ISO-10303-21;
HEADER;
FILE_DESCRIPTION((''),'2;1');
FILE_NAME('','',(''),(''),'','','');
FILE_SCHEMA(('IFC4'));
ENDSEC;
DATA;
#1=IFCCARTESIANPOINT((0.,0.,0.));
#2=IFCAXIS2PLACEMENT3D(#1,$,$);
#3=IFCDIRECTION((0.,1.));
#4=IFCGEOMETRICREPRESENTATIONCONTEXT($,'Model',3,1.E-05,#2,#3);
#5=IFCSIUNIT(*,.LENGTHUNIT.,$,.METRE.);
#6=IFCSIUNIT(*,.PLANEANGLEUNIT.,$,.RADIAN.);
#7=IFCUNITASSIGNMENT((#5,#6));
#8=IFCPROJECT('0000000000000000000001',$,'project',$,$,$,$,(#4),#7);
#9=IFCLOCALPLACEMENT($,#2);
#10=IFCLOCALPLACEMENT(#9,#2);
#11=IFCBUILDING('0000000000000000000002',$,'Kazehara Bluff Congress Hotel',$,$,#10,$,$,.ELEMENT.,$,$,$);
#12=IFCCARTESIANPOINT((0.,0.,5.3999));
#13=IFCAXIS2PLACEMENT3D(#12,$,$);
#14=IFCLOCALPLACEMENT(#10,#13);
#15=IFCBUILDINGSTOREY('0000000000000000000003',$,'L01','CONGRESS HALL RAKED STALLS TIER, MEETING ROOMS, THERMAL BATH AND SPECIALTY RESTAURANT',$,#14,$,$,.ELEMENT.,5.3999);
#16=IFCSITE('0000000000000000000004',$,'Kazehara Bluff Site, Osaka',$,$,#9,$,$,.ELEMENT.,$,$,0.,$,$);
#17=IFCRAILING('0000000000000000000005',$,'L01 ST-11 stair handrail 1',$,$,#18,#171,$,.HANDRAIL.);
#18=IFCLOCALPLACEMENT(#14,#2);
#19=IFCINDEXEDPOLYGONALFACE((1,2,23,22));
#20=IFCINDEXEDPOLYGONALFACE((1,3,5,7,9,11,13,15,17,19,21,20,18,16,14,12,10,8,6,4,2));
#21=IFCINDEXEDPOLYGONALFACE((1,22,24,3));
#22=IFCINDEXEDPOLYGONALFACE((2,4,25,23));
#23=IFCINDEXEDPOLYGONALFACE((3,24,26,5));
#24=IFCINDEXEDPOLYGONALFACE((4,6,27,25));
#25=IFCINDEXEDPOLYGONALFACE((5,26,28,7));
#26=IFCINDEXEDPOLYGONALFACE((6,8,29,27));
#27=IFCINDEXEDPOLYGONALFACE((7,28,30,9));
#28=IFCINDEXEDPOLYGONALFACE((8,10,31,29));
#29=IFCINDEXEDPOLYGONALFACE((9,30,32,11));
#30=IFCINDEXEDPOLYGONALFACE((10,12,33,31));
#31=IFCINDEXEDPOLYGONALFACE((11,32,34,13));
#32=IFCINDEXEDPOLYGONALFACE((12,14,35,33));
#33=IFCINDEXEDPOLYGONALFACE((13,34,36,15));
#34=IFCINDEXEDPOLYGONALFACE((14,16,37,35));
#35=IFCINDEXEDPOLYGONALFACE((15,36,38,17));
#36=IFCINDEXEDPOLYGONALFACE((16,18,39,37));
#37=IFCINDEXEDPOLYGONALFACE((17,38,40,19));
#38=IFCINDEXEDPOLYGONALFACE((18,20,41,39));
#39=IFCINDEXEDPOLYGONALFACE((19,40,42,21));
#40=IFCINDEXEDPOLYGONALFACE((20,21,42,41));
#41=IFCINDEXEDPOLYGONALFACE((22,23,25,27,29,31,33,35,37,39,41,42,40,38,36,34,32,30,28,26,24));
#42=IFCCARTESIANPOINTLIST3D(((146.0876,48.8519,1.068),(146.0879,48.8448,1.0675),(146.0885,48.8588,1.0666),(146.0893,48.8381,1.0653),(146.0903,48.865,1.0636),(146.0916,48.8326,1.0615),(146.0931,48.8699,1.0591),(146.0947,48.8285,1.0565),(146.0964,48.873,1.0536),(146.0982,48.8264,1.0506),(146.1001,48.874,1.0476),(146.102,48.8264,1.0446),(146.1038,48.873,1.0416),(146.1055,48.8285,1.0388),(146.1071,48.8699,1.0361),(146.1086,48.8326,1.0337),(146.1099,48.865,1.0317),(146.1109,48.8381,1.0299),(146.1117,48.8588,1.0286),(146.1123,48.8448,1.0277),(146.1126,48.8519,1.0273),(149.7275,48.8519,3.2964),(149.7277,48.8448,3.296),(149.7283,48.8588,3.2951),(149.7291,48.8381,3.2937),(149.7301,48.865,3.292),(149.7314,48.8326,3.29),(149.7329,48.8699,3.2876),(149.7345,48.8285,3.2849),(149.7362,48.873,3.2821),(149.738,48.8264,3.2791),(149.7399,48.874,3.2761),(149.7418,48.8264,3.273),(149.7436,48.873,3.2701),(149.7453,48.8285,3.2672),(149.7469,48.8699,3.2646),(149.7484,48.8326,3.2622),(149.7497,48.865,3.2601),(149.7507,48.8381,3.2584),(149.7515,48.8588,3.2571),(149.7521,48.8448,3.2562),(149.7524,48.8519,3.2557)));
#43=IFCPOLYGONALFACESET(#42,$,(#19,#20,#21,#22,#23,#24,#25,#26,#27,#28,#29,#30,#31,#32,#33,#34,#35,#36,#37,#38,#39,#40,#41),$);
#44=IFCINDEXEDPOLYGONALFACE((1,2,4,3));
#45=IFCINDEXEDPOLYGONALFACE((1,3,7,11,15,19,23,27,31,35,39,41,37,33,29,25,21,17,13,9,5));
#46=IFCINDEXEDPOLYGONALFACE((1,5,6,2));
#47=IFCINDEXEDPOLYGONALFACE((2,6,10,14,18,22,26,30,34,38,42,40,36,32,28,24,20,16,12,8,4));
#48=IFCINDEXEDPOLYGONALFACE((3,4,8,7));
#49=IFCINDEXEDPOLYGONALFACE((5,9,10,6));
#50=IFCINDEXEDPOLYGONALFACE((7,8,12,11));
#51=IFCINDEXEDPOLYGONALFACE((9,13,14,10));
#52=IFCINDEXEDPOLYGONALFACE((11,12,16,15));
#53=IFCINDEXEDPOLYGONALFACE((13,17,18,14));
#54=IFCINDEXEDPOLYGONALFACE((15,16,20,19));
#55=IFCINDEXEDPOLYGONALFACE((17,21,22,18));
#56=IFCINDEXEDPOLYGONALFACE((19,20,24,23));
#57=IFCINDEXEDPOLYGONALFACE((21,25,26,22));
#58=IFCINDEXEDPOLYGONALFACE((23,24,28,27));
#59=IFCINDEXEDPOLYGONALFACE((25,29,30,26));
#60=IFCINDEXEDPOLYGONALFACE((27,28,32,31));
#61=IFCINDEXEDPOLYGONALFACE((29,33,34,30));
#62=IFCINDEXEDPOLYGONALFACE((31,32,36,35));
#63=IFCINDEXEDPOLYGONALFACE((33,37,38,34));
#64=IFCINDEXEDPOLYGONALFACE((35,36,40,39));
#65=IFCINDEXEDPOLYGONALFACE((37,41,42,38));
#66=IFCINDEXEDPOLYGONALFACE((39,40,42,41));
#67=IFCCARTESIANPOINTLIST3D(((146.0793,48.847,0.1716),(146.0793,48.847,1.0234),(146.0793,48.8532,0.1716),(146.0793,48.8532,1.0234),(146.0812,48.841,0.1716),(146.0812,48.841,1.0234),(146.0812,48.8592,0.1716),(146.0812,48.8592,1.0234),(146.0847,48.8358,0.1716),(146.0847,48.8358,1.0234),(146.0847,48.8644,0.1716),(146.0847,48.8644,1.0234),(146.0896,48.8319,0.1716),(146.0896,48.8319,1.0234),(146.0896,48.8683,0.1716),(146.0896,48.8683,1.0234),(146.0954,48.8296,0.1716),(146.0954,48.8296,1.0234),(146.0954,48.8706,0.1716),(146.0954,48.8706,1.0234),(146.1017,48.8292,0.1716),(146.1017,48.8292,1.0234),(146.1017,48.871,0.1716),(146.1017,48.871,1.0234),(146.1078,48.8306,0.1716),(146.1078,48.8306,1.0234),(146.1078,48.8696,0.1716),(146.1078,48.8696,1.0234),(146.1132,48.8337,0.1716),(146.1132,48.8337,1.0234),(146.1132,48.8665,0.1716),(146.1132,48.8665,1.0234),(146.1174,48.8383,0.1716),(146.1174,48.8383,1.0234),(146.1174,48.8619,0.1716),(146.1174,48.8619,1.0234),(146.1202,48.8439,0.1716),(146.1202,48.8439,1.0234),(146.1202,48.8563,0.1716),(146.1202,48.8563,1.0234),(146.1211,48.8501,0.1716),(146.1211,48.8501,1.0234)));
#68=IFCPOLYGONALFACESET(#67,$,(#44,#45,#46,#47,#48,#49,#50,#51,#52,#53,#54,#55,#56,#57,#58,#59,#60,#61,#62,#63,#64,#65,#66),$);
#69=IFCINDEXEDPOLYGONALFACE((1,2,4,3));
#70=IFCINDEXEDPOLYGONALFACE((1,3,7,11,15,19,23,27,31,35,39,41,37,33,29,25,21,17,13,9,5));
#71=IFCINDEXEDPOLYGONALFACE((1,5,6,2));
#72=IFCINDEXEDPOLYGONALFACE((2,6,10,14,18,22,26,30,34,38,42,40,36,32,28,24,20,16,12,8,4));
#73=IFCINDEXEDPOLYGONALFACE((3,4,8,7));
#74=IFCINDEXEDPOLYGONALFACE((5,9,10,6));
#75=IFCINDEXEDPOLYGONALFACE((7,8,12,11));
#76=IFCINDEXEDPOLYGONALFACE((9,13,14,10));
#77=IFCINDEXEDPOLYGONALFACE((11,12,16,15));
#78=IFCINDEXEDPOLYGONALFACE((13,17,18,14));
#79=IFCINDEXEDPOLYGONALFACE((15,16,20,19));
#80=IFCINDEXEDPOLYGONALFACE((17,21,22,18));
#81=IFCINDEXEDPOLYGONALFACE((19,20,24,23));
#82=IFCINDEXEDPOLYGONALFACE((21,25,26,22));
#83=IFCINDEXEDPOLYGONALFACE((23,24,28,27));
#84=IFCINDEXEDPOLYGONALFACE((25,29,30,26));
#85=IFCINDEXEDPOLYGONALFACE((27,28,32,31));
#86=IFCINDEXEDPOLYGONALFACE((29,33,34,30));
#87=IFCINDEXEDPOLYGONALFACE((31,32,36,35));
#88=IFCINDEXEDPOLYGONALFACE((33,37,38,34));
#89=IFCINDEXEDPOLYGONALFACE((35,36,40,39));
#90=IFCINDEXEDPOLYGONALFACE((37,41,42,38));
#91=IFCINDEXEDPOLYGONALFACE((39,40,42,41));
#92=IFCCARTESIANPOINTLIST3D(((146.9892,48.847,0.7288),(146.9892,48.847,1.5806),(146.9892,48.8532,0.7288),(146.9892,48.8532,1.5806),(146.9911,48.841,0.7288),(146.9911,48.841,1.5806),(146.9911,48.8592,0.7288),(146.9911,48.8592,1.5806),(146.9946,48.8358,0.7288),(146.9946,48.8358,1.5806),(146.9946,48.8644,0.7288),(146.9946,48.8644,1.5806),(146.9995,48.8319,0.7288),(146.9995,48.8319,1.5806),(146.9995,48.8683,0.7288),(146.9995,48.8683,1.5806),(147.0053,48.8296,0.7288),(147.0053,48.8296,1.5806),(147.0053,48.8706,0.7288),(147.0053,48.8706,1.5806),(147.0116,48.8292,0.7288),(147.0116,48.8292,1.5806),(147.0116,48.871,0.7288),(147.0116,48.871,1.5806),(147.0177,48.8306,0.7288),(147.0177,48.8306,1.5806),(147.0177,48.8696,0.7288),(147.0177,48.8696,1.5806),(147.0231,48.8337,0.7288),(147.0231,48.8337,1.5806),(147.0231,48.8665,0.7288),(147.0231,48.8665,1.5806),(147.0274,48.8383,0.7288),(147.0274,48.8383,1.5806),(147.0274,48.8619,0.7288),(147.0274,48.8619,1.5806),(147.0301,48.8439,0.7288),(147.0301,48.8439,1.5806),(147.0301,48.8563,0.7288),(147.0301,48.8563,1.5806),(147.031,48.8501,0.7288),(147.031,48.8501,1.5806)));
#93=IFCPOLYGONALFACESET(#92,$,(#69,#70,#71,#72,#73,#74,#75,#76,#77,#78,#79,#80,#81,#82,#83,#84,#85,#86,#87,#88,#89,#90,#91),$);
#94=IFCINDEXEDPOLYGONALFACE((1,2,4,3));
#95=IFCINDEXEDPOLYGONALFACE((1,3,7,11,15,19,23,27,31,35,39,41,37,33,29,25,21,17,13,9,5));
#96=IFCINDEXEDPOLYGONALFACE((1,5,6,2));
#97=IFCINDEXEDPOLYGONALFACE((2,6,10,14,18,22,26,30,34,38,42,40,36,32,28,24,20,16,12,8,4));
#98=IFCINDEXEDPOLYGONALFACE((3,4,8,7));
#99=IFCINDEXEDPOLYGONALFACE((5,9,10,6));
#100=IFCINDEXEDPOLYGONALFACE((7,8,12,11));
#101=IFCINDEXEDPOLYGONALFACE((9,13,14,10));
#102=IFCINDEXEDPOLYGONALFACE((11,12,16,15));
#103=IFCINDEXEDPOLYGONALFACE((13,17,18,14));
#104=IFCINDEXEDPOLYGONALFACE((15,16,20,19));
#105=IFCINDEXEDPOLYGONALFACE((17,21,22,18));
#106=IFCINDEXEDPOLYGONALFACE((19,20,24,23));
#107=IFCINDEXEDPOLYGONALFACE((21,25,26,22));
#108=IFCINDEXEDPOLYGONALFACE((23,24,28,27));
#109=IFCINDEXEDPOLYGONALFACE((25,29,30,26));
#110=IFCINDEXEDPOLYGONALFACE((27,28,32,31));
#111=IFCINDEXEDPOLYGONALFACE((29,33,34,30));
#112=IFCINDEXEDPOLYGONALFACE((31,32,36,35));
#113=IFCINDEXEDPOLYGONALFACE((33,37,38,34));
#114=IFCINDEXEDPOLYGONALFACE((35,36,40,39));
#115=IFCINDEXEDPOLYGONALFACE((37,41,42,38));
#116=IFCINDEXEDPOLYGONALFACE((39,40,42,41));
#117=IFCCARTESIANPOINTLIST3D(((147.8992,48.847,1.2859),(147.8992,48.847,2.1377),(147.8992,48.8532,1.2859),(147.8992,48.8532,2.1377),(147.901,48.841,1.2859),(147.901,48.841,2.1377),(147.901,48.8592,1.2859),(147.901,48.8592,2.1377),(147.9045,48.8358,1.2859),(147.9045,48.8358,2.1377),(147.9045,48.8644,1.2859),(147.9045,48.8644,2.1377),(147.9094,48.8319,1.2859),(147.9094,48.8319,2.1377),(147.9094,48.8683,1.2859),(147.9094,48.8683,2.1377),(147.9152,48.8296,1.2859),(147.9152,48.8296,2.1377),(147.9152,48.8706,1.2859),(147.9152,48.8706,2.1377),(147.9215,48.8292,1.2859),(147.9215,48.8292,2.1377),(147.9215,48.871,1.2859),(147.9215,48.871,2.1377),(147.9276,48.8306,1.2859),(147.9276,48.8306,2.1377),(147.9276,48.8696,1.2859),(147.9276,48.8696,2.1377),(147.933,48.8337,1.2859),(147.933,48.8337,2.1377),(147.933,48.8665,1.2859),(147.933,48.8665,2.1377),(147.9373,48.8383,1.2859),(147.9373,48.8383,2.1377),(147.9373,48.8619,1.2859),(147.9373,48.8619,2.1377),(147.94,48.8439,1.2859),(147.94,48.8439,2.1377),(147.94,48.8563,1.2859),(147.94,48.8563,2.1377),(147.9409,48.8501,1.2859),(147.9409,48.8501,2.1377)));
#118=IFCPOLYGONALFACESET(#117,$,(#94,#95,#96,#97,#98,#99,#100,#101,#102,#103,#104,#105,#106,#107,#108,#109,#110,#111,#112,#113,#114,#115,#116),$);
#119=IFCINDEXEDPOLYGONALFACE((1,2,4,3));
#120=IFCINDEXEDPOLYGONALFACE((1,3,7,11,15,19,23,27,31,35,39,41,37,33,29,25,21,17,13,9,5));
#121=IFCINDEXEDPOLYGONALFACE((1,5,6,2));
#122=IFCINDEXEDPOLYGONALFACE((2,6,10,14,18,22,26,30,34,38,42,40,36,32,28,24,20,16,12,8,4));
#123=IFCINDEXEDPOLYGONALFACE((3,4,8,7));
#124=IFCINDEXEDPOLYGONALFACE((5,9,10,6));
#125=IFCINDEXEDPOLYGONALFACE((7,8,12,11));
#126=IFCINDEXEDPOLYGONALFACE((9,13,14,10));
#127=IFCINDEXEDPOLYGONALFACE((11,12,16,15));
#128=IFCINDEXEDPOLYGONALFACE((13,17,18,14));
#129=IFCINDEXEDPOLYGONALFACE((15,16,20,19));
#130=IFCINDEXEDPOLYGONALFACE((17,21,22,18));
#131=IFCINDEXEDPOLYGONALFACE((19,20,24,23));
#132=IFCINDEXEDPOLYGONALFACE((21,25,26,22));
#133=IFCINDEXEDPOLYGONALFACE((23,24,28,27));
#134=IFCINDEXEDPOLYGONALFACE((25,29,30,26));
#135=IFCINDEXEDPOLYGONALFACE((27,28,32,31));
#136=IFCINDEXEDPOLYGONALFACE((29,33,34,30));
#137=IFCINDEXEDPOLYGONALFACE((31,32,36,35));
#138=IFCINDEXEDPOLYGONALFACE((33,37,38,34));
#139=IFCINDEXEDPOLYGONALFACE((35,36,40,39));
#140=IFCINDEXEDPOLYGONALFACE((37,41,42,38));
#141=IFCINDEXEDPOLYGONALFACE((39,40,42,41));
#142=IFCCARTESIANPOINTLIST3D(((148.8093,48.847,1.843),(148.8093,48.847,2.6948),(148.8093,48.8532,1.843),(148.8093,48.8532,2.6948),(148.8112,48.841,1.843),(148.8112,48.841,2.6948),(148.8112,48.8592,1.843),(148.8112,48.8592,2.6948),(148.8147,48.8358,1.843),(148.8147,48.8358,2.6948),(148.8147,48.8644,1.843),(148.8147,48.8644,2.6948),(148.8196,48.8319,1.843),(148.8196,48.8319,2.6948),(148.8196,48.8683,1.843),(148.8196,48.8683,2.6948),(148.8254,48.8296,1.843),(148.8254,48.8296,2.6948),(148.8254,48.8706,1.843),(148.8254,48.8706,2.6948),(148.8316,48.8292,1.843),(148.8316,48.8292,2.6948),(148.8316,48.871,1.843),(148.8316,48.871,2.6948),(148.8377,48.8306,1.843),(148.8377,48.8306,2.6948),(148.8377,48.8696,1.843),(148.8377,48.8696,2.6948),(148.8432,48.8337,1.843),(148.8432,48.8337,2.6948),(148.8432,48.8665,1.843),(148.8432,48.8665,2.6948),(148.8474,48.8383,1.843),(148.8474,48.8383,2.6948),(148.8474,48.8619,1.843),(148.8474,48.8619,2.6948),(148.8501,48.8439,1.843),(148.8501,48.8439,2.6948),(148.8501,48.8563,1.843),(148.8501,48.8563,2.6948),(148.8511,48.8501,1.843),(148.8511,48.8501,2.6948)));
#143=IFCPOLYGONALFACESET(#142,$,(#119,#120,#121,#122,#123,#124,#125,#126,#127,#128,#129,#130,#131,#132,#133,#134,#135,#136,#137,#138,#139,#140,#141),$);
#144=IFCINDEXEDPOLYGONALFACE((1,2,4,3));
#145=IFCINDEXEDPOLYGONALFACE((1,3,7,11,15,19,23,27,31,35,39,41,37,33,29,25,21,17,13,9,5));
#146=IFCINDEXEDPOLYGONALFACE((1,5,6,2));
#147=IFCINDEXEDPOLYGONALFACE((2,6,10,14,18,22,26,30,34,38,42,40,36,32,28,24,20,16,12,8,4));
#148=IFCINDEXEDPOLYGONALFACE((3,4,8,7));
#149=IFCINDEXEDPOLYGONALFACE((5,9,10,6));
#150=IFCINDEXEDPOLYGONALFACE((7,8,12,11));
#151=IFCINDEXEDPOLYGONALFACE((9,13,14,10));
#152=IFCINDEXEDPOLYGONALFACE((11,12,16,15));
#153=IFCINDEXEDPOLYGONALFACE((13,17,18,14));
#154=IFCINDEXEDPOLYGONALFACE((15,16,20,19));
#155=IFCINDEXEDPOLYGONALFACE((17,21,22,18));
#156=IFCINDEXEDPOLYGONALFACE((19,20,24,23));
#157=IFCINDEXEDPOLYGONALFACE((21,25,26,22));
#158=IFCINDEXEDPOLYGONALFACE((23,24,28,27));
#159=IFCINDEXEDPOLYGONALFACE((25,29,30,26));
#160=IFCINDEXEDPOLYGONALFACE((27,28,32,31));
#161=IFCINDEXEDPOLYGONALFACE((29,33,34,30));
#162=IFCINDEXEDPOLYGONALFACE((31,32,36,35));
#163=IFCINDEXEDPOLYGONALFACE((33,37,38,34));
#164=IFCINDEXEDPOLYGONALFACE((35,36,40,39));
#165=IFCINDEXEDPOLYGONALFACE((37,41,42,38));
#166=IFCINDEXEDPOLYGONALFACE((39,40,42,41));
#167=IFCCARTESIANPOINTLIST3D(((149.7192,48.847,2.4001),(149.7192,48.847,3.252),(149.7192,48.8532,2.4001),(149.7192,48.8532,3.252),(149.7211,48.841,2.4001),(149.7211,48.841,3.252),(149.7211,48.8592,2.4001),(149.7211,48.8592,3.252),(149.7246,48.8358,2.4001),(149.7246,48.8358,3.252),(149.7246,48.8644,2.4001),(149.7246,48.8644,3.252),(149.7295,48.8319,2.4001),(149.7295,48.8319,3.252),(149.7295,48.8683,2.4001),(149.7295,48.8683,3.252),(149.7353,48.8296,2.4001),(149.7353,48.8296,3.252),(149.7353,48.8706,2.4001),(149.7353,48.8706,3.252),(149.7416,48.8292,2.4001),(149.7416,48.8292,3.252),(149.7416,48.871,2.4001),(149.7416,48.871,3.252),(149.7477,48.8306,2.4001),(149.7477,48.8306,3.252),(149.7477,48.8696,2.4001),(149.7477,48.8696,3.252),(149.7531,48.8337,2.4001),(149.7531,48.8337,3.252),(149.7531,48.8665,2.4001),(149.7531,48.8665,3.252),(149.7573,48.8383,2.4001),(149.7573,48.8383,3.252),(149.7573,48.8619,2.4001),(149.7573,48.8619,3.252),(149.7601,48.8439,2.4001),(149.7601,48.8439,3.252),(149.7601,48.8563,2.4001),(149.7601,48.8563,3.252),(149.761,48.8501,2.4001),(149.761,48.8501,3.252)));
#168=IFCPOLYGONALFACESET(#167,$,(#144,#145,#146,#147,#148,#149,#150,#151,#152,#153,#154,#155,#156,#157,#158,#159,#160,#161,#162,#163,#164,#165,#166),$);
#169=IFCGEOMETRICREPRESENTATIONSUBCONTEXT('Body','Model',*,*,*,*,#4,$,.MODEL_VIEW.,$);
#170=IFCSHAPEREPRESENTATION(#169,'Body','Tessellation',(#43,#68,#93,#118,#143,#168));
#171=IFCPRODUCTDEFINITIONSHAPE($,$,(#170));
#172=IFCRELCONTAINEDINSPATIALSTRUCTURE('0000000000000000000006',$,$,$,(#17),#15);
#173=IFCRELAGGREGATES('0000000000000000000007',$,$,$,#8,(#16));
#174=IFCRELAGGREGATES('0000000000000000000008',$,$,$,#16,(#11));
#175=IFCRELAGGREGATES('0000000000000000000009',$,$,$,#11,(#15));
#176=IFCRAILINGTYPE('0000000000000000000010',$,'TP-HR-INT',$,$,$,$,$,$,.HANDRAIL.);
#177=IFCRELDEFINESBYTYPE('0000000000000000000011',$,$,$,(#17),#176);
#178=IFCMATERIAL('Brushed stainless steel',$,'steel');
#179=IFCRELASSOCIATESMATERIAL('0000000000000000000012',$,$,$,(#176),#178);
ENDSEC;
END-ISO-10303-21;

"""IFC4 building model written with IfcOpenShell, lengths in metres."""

from ifc_helpers import new_model, si_unit, direction, frame, origin, origin_2d, place, context, subcontext, project, spatial, circle, extrude, material, type_object, element, save


model = new_model("IFC4")

# Units and contexts
model_context = context("Model", 3, precision=1e-05, world=origin(), true_north=direction((0.0, 1.0)))
body_context = subcontext(model_context, "Body", "Model", "MODEL_VIEW")
ifc_project = project(units=[si_unit("LENGTHUNIT", "METRE"), si_unit("PLANEANGLEUNIT", "RADIAN")], contexts=[model_context])

# Site, building, storey
site_placement = place(None, origin())
site = spatial("IfcSite", under=ifc_project, at=site_placement, Name="Kazehara Bluff Site, Osaka", CompositionType="ELEMENT", RefElevation=0.0)
building_placement = place(site_placement, origin())
building = spatial("IfcBuilding", under=site, at=building_placement, Name="Kazehara Bluff Congress Hotel", CompositionType="ELEMENT")
storey_placement = place(building_placement, frame((0.0, 0.0, 5.3999)))
storey = spatial("IfcBuildingStorey", under=building, at=storey_placement, Name="L01", Description="CONGRESS HALL RAKED STALLS TIER, MEETING ROOMS, THERMAL BATH AND SPECIALTY RESTAURANT", CompositionType="ELEMENT", Elevation=5.3999)

# Railing
ifc_material_1 = material(Name="Brushed stainless steel", Category="steel")
railing_type_1 = type_object("IfcRailingType", Name="TP-HR-INT", PredefinedType="HANDRAIL", material=ifc_material_1)
railing_1_placement = place(storey_placement, frame((146.1001, 48.8501, 0.1716)))
element("IfcRailing", 1, at=railing_1_placement, inside=storey, type_object=railing_type_1, Name="L01 ST-11 stair handrail 1", PredefinedType="HANDRAIL", context=body_context, shape_type="SweptSolid", body=[
    extrude(circle(Radius=0.0239, at=origin_2d()), frame((0.0, 0.0, 0.876), z_axis=(0.85285, 0.0, 0.522156), x_axis=(0.0, 1.0, 0.0)), (0.0, 0.0, 1.0), 4.2678),
    extrude(circle(Radius=0.021, at=origin_2d()), origin(), (0.0, 0.0, 1.0), 0.8518),
    extrude(circle(Radius=0.021, at=origin_2d()), frame((0.9099, 0.0, 0.5571)), (0.0, 0.0, 1.0), 0.8518),
    extrude(circle(Radius=0.021, at=origin_2d()), frame((1.8198, 0.0, 1.1143)), (0.0, 0.0, 1.0), 0.8518),
    extrude(circle(Radius=0.021, at=origin_2d()), frame((2.73, 0.0, 1.6714)), (0.0, 0.0, 1.0), 0.8518),
    extrude(circle(Radius=0.021, at=origin_2d()), frame((3.6399, 0.0, 2.2285)), (0.0, 0.0, 1.0), 0.8518),
])

save(model, "model.ifc")
